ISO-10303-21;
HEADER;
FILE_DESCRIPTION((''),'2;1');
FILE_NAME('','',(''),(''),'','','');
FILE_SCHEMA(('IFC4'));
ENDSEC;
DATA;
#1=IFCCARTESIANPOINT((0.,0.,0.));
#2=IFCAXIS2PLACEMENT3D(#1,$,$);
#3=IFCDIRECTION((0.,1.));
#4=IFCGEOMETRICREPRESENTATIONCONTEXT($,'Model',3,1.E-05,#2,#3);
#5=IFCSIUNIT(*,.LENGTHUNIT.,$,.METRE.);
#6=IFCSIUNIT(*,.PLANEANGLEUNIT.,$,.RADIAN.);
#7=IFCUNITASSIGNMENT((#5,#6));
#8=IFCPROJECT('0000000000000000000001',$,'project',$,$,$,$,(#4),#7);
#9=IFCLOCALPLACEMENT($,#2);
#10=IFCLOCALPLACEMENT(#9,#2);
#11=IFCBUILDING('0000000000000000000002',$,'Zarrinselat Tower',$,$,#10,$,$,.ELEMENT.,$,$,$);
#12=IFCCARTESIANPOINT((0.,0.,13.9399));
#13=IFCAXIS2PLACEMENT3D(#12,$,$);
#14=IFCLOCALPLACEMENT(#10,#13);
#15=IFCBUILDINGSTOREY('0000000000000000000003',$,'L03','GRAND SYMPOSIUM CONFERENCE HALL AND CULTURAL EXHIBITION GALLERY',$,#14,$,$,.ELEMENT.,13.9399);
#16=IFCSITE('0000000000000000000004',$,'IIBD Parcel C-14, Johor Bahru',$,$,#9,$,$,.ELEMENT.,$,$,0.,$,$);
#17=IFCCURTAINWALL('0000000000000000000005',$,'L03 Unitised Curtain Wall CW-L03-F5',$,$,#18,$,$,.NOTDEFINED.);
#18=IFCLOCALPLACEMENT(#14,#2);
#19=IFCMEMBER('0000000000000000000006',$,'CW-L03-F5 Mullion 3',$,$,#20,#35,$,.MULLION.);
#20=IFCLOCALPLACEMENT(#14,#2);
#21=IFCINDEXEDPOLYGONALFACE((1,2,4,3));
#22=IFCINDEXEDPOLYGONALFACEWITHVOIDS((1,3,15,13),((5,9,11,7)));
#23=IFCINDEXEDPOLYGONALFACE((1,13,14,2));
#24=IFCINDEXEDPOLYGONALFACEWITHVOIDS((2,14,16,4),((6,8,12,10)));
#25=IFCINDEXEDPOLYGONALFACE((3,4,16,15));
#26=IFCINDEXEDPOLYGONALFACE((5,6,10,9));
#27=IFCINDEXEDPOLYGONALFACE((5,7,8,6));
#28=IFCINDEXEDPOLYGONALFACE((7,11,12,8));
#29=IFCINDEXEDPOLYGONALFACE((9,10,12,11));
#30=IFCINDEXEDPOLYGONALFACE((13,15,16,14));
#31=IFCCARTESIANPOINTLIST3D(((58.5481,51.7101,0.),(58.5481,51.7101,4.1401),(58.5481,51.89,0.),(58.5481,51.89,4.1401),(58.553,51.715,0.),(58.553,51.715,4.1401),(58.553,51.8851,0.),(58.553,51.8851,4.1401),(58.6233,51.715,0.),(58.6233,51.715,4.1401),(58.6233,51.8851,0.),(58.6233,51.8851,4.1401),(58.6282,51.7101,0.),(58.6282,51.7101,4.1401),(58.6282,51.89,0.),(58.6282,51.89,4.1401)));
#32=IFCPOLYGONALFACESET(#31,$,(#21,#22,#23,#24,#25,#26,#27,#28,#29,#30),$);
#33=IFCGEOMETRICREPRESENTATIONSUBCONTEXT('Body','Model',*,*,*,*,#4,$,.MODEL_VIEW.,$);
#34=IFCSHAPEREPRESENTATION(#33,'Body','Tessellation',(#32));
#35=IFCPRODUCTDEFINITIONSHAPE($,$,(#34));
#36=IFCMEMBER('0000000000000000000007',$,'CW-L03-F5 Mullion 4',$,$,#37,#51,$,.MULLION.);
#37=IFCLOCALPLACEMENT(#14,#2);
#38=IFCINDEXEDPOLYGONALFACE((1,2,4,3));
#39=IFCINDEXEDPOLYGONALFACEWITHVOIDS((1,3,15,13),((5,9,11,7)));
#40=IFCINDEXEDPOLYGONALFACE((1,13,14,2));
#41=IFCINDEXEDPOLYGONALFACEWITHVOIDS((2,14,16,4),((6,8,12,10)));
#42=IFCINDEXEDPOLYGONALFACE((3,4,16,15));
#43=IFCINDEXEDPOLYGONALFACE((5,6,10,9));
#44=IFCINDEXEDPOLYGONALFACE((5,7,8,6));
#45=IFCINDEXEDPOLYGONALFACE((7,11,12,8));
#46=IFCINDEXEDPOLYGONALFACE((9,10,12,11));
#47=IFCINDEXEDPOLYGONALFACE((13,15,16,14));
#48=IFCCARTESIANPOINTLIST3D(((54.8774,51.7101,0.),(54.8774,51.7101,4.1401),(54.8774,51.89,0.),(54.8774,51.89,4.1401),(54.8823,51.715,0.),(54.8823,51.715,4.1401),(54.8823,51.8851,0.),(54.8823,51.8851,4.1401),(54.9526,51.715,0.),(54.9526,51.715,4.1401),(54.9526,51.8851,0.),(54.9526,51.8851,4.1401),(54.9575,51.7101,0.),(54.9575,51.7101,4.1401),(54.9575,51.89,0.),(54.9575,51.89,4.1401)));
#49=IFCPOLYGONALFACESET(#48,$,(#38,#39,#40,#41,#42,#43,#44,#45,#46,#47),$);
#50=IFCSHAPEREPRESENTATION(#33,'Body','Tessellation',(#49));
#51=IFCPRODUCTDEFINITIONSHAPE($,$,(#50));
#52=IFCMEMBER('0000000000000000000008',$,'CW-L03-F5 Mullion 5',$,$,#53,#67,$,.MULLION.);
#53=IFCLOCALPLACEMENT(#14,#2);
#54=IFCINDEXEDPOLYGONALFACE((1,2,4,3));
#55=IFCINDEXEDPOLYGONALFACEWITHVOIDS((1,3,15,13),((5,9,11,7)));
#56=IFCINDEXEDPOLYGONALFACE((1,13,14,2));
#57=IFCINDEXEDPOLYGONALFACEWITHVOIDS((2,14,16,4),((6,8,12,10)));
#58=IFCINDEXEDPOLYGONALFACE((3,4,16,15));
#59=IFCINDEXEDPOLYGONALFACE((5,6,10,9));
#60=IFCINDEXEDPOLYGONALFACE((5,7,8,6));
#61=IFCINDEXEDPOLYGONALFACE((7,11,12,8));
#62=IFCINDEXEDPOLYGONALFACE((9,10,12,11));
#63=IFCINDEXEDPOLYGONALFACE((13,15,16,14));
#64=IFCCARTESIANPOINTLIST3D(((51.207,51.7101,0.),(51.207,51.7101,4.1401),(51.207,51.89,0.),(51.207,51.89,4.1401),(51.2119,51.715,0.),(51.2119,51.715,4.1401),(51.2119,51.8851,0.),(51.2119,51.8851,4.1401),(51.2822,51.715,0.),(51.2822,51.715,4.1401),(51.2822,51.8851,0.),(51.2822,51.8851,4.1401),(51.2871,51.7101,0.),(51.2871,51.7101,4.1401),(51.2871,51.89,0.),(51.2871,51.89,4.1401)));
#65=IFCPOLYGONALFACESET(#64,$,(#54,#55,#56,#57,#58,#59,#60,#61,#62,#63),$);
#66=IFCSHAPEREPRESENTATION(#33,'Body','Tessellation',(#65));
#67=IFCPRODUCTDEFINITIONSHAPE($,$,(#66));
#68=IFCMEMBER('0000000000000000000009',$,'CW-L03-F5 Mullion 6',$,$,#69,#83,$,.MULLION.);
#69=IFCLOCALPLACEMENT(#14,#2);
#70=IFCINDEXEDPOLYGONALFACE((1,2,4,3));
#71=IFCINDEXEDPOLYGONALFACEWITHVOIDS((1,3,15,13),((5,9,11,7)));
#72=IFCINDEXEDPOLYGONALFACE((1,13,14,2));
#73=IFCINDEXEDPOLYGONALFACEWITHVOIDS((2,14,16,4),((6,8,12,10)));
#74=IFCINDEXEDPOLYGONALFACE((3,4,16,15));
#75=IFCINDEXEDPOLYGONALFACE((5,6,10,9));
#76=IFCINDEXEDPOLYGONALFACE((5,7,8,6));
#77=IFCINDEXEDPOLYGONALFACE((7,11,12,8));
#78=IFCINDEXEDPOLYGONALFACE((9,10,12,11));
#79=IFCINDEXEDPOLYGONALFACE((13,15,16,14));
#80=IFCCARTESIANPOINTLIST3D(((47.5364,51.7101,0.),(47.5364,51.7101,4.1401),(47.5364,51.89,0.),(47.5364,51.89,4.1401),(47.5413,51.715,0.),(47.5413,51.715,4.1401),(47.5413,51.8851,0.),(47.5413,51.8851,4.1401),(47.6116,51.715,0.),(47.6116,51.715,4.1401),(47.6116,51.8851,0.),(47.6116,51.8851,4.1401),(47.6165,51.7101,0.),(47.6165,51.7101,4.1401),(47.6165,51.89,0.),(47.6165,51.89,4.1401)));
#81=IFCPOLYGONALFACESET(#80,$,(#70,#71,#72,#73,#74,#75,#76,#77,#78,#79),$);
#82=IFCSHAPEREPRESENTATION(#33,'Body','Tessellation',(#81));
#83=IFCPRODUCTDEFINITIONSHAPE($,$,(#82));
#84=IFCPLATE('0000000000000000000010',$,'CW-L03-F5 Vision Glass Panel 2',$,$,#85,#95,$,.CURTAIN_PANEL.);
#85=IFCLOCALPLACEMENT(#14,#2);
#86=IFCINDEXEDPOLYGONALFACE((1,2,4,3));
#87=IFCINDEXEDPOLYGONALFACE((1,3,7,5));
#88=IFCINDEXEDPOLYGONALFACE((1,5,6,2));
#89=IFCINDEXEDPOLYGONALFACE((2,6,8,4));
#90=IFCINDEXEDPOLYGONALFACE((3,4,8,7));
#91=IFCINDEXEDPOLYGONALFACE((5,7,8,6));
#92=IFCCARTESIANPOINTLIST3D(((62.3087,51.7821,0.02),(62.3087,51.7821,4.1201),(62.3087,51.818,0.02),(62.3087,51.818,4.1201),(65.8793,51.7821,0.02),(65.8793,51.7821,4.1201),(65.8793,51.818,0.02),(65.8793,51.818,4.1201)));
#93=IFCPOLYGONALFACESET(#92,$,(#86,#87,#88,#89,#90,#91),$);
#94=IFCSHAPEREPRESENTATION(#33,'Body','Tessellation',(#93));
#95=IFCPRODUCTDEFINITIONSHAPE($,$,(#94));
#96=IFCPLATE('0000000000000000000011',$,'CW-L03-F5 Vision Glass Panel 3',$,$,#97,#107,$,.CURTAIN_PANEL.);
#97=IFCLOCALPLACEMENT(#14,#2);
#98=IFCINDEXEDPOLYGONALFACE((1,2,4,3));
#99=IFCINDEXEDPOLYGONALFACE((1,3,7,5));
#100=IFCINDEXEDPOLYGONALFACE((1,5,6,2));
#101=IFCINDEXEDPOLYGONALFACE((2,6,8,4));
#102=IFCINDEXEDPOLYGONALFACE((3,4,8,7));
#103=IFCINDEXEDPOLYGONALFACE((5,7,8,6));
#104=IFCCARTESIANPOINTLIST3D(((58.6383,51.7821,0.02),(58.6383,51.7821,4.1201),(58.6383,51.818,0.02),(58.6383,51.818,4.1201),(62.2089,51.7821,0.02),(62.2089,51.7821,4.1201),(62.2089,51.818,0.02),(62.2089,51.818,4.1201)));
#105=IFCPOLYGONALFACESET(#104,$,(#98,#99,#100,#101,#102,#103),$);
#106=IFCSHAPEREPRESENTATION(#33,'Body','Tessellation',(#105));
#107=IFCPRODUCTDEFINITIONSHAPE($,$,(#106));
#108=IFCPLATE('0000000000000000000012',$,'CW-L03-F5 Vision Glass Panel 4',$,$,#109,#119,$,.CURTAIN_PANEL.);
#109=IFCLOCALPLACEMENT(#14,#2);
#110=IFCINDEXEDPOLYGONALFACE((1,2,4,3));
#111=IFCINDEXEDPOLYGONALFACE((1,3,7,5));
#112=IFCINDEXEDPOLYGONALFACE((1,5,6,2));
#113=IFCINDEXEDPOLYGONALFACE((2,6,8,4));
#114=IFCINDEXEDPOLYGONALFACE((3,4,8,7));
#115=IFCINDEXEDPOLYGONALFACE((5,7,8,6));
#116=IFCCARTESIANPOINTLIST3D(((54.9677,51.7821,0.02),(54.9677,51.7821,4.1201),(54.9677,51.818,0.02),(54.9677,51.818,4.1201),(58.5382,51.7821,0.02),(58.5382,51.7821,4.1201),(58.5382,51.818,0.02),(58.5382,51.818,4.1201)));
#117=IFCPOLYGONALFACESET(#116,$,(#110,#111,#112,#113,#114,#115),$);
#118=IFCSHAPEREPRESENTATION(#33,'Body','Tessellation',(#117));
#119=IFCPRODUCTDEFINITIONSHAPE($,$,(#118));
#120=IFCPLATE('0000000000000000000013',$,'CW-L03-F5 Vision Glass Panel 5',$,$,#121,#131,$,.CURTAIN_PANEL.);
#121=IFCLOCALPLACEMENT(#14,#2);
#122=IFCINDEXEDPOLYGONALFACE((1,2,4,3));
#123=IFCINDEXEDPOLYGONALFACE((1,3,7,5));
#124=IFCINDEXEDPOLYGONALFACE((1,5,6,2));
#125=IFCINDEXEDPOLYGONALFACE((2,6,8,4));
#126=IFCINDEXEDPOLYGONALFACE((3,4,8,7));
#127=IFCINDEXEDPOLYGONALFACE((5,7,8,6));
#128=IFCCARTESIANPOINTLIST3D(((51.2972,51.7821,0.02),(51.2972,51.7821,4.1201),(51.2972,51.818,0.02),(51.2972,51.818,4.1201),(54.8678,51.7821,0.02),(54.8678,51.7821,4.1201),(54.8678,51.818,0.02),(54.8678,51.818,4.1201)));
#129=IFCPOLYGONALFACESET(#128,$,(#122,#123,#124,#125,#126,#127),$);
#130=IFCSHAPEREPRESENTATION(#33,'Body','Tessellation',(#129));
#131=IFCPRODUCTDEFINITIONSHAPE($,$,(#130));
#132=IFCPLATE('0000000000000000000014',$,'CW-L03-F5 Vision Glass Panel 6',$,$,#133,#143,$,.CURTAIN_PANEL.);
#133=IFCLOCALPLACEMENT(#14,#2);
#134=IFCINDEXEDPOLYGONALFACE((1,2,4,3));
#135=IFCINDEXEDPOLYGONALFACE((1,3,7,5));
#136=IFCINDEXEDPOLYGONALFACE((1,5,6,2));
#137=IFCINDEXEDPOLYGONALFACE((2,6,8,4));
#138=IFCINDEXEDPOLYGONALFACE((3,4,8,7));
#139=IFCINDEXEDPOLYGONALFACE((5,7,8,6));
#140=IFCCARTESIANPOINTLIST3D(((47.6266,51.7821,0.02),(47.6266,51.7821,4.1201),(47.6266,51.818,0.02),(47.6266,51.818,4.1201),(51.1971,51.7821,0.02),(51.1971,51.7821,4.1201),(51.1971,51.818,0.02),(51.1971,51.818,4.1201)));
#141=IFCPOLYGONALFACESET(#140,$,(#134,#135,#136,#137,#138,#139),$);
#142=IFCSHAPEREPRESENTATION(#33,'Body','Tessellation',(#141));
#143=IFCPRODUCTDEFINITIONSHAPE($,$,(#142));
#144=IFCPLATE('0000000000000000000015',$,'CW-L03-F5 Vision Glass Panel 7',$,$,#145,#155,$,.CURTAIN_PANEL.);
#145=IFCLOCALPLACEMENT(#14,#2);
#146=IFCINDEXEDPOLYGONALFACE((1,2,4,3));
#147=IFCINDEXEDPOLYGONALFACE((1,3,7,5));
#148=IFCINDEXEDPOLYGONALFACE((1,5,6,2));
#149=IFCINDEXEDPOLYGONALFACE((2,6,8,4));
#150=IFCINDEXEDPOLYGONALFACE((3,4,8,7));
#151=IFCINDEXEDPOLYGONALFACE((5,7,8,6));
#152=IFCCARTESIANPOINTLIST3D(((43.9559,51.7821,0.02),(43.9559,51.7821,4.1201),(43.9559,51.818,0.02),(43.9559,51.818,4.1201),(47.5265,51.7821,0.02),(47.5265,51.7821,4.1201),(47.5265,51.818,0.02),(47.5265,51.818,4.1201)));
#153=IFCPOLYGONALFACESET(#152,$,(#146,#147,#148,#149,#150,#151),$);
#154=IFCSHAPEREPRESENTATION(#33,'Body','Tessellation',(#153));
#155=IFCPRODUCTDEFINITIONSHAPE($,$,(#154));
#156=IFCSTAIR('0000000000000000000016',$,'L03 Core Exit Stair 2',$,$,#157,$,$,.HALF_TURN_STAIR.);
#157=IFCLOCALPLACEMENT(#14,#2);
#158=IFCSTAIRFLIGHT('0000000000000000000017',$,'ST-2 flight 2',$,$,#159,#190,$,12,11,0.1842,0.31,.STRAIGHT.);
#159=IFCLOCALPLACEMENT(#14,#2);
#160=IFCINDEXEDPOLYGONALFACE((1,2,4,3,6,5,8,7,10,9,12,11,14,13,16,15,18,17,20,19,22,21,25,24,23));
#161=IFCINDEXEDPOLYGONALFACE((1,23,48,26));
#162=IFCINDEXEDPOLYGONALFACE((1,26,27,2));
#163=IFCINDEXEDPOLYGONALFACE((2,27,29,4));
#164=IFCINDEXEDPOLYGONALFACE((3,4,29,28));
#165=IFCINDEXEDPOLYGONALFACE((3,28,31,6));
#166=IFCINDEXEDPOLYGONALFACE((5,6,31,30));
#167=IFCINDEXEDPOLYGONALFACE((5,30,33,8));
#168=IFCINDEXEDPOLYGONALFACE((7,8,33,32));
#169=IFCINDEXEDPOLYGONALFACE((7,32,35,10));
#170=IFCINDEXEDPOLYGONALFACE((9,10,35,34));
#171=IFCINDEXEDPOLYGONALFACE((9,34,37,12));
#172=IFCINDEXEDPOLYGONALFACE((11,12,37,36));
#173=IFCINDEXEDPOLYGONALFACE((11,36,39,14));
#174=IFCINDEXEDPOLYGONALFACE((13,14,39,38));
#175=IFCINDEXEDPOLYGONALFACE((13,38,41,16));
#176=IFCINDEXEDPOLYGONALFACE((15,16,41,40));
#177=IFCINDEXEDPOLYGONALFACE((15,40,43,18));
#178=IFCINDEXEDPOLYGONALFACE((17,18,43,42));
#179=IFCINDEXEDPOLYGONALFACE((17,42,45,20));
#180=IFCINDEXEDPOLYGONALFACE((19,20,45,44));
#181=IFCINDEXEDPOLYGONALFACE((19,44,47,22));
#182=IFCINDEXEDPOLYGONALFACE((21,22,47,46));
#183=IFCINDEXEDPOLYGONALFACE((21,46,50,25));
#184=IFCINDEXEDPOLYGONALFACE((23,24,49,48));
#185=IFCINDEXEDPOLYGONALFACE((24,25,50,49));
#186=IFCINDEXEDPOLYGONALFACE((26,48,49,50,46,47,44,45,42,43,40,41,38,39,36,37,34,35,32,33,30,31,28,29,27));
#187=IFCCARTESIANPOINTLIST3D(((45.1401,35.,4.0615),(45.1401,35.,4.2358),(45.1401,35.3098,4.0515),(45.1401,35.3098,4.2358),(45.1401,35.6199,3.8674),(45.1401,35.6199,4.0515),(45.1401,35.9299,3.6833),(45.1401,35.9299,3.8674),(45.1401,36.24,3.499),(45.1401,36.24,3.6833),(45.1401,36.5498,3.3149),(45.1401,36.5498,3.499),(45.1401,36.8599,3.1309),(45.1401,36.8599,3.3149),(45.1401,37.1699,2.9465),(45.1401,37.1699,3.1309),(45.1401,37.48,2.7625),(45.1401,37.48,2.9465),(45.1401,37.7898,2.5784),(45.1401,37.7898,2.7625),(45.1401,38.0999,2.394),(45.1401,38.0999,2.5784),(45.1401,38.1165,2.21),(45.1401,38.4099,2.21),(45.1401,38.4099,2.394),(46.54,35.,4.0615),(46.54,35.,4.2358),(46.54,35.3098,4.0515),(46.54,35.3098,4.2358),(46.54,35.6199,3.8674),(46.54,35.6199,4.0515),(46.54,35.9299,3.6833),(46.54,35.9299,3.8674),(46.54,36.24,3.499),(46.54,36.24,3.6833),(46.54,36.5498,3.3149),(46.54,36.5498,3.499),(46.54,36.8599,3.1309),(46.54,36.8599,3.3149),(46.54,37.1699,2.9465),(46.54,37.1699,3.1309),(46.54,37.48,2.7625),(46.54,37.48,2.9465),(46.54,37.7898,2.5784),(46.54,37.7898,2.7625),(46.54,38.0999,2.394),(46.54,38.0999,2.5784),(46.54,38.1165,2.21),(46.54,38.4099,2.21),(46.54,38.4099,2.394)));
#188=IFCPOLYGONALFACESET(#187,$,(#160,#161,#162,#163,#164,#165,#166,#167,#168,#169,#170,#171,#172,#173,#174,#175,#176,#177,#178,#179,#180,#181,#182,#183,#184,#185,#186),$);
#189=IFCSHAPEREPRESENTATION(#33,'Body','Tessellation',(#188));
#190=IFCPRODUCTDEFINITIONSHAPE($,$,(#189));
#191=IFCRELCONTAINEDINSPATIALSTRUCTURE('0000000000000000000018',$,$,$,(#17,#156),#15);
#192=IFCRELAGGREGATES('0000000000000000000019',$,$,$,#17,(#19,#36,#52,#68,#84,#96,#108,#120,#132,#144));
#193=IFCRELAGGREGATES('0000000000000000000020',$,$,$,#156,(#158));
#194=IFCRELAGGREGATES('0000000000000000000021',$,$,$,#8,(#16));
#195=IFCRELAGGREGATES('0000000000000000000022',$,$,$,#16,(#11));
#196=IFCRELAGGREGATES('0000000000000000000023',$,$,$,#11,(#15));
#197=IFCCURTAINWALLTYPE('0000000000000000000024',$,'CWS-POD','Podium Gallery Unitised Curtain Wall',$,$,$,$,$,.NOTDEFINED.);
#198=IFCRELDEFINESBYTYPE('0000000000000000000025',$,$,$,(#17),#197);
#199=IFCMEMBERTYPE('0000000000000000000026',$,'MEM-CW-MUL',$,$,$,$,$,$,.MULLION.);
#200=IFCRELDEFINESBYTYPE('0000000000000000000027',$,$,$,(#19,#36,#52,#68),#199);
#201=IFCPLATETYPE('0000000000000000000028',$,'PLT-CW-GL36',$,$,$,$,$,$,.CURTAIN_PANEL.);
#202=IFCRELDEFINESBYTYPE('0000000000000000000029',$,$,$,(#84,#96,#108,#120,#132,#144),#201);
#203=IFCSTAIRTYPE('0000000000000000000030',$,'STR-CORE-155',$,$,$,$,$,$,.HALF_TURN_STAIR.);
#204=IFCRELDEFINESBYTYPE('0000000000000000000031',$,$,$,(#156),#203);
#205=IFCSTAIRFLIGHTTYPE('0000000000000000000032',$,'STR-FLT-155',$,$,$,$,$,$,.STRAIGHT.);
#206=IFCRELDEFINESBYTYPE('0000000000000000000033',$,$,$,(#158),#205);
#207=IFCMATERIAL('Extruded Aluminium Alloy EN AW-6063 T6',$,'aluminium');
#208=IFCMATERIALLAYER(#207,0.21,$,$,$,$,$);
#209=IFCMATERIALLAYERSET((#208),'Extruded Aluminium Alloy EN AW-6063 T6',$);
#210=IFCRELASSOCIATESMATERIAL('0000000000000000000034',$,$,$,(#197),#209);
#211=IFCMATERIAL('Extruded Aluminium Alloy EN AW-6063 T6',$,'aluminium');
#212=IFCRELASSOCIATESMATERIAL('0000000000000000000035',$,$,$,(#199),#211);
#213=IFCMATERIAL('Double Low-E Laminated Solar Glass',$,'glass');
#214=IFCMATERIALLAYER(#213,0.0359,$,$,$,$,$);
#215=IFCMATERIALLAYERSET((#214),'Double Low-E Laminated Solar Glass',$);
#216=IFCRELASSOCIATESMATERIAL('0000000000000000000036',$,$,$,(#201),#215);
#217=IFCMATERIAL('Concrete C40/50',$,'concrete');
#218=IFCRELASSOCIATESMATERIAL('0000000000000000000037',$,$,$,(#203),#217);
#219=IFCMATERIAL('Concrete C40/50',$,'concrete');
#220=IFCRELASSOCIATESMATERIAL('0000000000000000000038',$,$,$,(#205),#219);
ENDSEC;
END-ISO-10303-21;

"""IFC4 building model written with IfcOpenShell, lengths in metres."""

from ifc_helpers import new_model, si_unit, direction, frame, origin, origin_2d, place, context, subcontext, project, spatial, polyline, rectangle, hollow_rectangle, outline, extrude, material, layer, layer_set, material_profile, profile_set, type_object, element, aggregate, save


model = new_model("IFC4")

# Units and contexts
model_context = context("Model", 3, precision=1e-05, world=origin(), true_north=direction((0.0, 1.0)))
body_context = subcontext(model_context, "Body", "Model", "MODEL_VIEW")
ifc_project = project(units=[si_unit("LENGTHUNIT", "METRE"), si_unit("PLANEANGLEUNIT", "RADIAN")], contexts=[model_context])

# Site, building, storey
site_placement = place(None, origin())
site = spatial("IfcSite", under=ifc_project, at=site_placement, Name="IIBD Parcel C-14, Johor Bahru", CompositionType="ELEMENT", RefElevation=0.0)
building_placement = place(site_placement, origin())
building = spatial("IfcBuilding", under=site, at=building_placement, Name="Zarrinselat Tower", CompositionType="ELEMENT")
storey_placement = place(building_placement, frame((0.0, 0.0, 13.9399)))
storey = spatial("IfcBuildingStorey", under=building, at=storey_placement, Name="L03", Description="GRAND SYMPOSIUM CONFERENCE HALL AND CULTURAL EXHIBITION GALLERY", CompositionType="ELEMENT", Elevation=13.9399)

# Curtain wall, members, plates
ifc_material_1 = material(Name="Extruded Aluminium Alloy EN AW-6063 T6", Category="aluminium")
ifc_layer_1 = layer(ifc_material_1, 0.21)
ifc_layer_set_1 = layer_set([ifc_layer_1], Name="Extruded Aluminium Alloy EN AW-6063 T6")
curtain_wall_type = type_object("IfcCurtainWallType", Name="CWS-POD", Description="Podium Gallery Unitised Curtain Wall", PredefinedType="NOTDEFINED", material=ifc_layer_set_1)
curtain_wall_placement = place(storey_placement, origin())
curtain_wall = element("IfcCurtainWall", 1, at=curtain_wall_placement, inside=storey, type_object=curtain_wall_type, Name="L03 Unitised Curtain Wall CW-L03-F5", PredefinedType="NOTDEFINED")
ifc_material_2 = material(Name="Extruded Aluminium Alloy EN AW-6063 T6", Category="aluminium")
ifc_material_profile_1 = material_profile(ifc_material_2, hollow_rectangle(XDim=0.0801, YDim=0.1799, WallThickness=0.0049, at=origin_2d()), Name="RHS 180x80x5")
ifc_profile_set_1 = profile_set([ifc_material_profile_1], Name="Extruded Aluminium Alloy EN AW-6063 T6")
member_type = type_object("IfcMemberType", Name="MEM-CW-MUL", PredefinedType="MULLION", material=ifc_profile_set_1)
member_1_placement = place(storey_placement, frame((58.5881, 51.8, 0.0), z_axis=(0.0, 0.0, 1.0), x_axis=(-1.0, 0.0, 0.0)))
member_1 = element("IfcMember", 2, at=member_1_placement, type_object=member_type, Name="CW-L03-F5 Mullion 3", PredefinedType="MULLION", context=body_context, shape_type="SweptSolid", body=[
    extrude(hollow_rectangle(XDim=0.0801, YDim=0.1799, WallThickness=0.0049, at=origin_2d()), origin(), (0.0, 0.0, 1.0), 4.1401),
])
member_2_placement = place(storey_placement, frame((54.9175, 51.8, 0.0), z_axis=(0.0, 0.0, 1.0), x_axis=(-1.0, 0.0, 0.0)))
member_2 = element("IfcMember", 3, at=member_2_placement, type_object=member_type, Name="CW-L03-F5 Mullion 4", PredefinedType="MULLION", context=body_context, shape_type="SweptSolid", body=[
    extrude(hollow_rectangle(XDim=0.0801, YDim=0.1799, WallThickness=0.0049, at=origin_2d()), origin(), (0.0, 0.0, 1.0), 4.1401),
])
member_3_placement = place(storey_placement, frame((51.2471, 51.8, 0.0), z_axis=(0.0, 0.0, 1.0), x_axis=(-1.0, 0.0, 0.0)))
member_3 = element("IfcMember", 4, at=member_3_placement, type_object=member_type, Name="CW-L03-F5 Mullion 5", PredefinedType="MULLION", context=body_context, shape_type="SweptSolid", body=[
    extrude(hollow_rectangle(XDim=0.0801, YDim=0.1799, WallThickness=0.0049, at=origin_2d()), origin(), (0.0, 0.0, 1.0), 4.1401),
])
member_4_placement = place(storey_placement, frame((47.5764, 51.8, 0.0), z_axis=(0.0, 0.0, 1.0), x_axis=(-1.0, 0.0, 0.0)))
member_4 = element("IfcMember", 5, at=member_4_placement, type_object=member_type, Name="CW-L03-F5 Mullion 6", PredefinedType="MULLION", context=body_context, shape_type="SweptSolid", body=[
    extrude(hollow_rectangle(XDim=0.0801, YDim=0.1799, WallThickness=0.0049, at=origin_2d()), origin(), (0.0, 0.0, 1.0), 4.1401),
])
ifc_material_3 = material(Name="Double Low-E Laminated Solar Glass", Category="glass")
ifc_layer_2 = layer(ifc_material_3, 0.0359)
ifc_layer_set_2 = layer_set([ifc_layer_2], Name="Double Low-E Laminated Solar Glass")
plate_type = type_object("IfcPlateType", Name="PLT-CW-GL36", PredefinedType="CURTAIN_PANEL", material=ifc_layer_set_2)
plate_1_placement = place(storey_placement, frame((64.094, 51.8, 0.02), z_axis=(0.0, 0.0, 1.0), x_axis=(-1.0, 0.0, 0.0)))
plate_1 = element("IfcPlate", 6, at=plate_1_placement, type_object=plate_type, Name="CW-L03-F5 Vision Glass Panel 2", PredefinedType="CURTAIN_PANEL", context=body_context, shape_type="SweptSolid", body=[
    extrude(rectangle(XDim=3.5706, YDim=0.0359, at=origin_2d()), origin(), (0.0, 0.0, 1.0), 4.1001),
])
plate_2_placement = place(storey_placement, frame((60.4236, 51.8, 0.02), z_axis=(0.0, 0.0, 1.0), x_axis=(-1.0, 0.0, 0.0)))
plate_2 = element("IfcPlate", 7, at=plate_2_placement, type_object=plate_type, Name="CW-L03-F5 Vision Glass Panel 3", PredefinedType="CURTAIN_PANEL", context=body_context, shape_type="SweptSolid", body=[
    extrude(rectangle(XDim=3.5706, YDim=0.0359, at=origin_2d()), origin(), (0.0, 0.0, 1.0), 4.1001),
])
plate_3_placement = place(storey_placement, frame((56.7529, 51.8, 0.02), z_axis=(0.0, 0.0, 1.0), x_axis=(-1.0, 0.0, 0.0)))
plate_3 = element("IfcPlate", 8, at=plate_3_placement, type_object=plate_type, Name="CW-L03-F5 Vision Glass Panel 4", PredefinedType="CURTAIN_PANEL", context=body_context, shape_type="SweptSolid", body=[
    extrude(rectangle(XDim=3.5706, YDim=0.0359, at=origin_2d()), origin(), (0.0, 0.0, 1.0), 4.1001),
])
plate_4_placement = place(storey_placement, frame((53.0825, 51.8, 0.02), z_axis=(0.0, 0.0, 1.0), x_axis=(-1.0, 0.0, 0.0)))
plate_4 = element("IfcPlate", 9, at=plate_4_placement, type_object=plate_type, Name="CW-L03-F5 Vision Glass Panel 5", PredefinedType="CURTAIN_PANEL", context=body_context, shape_type="SweptSolid", body=[
    extrude(rectangle(XDim=3.5706, YDim=0.0359, at=origin_2d()), origin(), (0.0, 0.0, 1.0), 4.1001),
])
plate_5_placement = place(storey_placement, frame((49.4119, 51.8, 0.02), z_axis=(0.0, 0.0, 1.0), x_axis=(-1.0, 0.0, 0.0)))
plate_5 = element("IfcPlate", 10, at=plate_5_placement, type_object=plate_type, Name="CW-L03-F5 Vision Glass Panel 6", PredefinedType="CURTAIN_PANEL", context=body_context, shape_type="SweptSolid", body=[
    extrude(rectangle(XDim=3.5706, YDim=0.0359, at=origin_2d()), origin(), (0.0, 0.0, 1.0), 4.1001),
])
plate_6_placement = place(storey_placement, frame((45.7412, 51.8, 0.02), z_axis=(0.0, 0.0, 1.0), x_axis=(-1.0, 0.0, 0.0)))
plate_6 = element("IfcPlate", 11, at=plate_6_placement, type_object=plate_type, Name="CW-L03-F5 Vision Glass Panel 7", PredefinedType="CURTAIN_PANEL", context=body_context, shape_type="SweptSolid", body=[
    extrude(rectangle(XDim=3.5706, YDim=0.0359, at=origin_2d()), origin(), (0.0, 0.0, 1.0), 4.1001),
])
aggregate(curtain_wall, [member_1, member_2, member_3, member_4, plate_1, plate_2, plate_3, plate_4, plate_5, plate_6])

# Stair, stair flight
ifc_material_4 = material(Name="Concrete C40/50", Category="concrete")
stair_type = type_object("IfcStairType", Name="STR-CORE-155", PredefinedType="HALF_TURN_STAIR", material=ifc_material_4)
stair_placement = place(storey_placement, origin())
stair = element("IfcStair", 12, at=stair_placement, inside=storey, type_object=stair_type, Name="L03 Core Exit Stair 2", PredefinedType="HALF_TURN_STAIR")
ifc_material_5 = material(Name="Concrete C40/50", Category="concrete")
stair_flight_type = type_object("IfcStairFlightType", Name="STR-FLT-155", PredefinedType="STRAIGHT", material=ifc_material_5)
stair_flight_placement = place(storey_placement, frame((45.8401, 38.4099, 2.21), z_axis=(0.0, 0.0, 1.0), x_axis=(0.0, -1.0, 0.0)))
stair_flight = element("IfcStairFlight", 13, at=stair_flight_placement, type_object=stair_flight_type, Name="ST-2 flight 2", NumberOfRisers=12, NumberOfTreads=11, PredefinedType="STRAIGHT", RiserHeight=0.1842, TreadLength=0.31, context=body_context, shape_type="SweptSolid", body=[
    extrude(outline(polyline([(0.0, 0.0), (0.0, 0.1841), (0.3101, 0.1841), (0.3101, 0.3684), (0.6201, 0.3684), (0.6201, 0.5525), (0.9299, 0.5525), (0.9299, 0.7366), (1.24, 0.7366), (1.24, 0.9209), (1.55, 0.9209), (1.55, 1.105), (1.8601, 1.105), (1.8601, 1.2891), (2.1699, 1.2891), (2.1699, 1.4734), (2.48, 1.4734), (2.48, 1.6575), (2.79, 1.6575), (2.79, 1.8416), (3.1001, 1.8416), (3.1001, 2.0259), (3.4099, 2.0259), (3.4099, 2.21), (3.4099, 1.8516), (0.2935, 0.0), (0.0, 0.0)])), frame((0.0, 0.7, 0.0), z_axis=(0.0, -1.0, 0.0), x_axis=(1.0, 0.0, 0.0)), (0.0, 0.0, 1.0), 1.3999),
])
aggregate(stair, [stair_flight])

save(model, "model.ifc")
